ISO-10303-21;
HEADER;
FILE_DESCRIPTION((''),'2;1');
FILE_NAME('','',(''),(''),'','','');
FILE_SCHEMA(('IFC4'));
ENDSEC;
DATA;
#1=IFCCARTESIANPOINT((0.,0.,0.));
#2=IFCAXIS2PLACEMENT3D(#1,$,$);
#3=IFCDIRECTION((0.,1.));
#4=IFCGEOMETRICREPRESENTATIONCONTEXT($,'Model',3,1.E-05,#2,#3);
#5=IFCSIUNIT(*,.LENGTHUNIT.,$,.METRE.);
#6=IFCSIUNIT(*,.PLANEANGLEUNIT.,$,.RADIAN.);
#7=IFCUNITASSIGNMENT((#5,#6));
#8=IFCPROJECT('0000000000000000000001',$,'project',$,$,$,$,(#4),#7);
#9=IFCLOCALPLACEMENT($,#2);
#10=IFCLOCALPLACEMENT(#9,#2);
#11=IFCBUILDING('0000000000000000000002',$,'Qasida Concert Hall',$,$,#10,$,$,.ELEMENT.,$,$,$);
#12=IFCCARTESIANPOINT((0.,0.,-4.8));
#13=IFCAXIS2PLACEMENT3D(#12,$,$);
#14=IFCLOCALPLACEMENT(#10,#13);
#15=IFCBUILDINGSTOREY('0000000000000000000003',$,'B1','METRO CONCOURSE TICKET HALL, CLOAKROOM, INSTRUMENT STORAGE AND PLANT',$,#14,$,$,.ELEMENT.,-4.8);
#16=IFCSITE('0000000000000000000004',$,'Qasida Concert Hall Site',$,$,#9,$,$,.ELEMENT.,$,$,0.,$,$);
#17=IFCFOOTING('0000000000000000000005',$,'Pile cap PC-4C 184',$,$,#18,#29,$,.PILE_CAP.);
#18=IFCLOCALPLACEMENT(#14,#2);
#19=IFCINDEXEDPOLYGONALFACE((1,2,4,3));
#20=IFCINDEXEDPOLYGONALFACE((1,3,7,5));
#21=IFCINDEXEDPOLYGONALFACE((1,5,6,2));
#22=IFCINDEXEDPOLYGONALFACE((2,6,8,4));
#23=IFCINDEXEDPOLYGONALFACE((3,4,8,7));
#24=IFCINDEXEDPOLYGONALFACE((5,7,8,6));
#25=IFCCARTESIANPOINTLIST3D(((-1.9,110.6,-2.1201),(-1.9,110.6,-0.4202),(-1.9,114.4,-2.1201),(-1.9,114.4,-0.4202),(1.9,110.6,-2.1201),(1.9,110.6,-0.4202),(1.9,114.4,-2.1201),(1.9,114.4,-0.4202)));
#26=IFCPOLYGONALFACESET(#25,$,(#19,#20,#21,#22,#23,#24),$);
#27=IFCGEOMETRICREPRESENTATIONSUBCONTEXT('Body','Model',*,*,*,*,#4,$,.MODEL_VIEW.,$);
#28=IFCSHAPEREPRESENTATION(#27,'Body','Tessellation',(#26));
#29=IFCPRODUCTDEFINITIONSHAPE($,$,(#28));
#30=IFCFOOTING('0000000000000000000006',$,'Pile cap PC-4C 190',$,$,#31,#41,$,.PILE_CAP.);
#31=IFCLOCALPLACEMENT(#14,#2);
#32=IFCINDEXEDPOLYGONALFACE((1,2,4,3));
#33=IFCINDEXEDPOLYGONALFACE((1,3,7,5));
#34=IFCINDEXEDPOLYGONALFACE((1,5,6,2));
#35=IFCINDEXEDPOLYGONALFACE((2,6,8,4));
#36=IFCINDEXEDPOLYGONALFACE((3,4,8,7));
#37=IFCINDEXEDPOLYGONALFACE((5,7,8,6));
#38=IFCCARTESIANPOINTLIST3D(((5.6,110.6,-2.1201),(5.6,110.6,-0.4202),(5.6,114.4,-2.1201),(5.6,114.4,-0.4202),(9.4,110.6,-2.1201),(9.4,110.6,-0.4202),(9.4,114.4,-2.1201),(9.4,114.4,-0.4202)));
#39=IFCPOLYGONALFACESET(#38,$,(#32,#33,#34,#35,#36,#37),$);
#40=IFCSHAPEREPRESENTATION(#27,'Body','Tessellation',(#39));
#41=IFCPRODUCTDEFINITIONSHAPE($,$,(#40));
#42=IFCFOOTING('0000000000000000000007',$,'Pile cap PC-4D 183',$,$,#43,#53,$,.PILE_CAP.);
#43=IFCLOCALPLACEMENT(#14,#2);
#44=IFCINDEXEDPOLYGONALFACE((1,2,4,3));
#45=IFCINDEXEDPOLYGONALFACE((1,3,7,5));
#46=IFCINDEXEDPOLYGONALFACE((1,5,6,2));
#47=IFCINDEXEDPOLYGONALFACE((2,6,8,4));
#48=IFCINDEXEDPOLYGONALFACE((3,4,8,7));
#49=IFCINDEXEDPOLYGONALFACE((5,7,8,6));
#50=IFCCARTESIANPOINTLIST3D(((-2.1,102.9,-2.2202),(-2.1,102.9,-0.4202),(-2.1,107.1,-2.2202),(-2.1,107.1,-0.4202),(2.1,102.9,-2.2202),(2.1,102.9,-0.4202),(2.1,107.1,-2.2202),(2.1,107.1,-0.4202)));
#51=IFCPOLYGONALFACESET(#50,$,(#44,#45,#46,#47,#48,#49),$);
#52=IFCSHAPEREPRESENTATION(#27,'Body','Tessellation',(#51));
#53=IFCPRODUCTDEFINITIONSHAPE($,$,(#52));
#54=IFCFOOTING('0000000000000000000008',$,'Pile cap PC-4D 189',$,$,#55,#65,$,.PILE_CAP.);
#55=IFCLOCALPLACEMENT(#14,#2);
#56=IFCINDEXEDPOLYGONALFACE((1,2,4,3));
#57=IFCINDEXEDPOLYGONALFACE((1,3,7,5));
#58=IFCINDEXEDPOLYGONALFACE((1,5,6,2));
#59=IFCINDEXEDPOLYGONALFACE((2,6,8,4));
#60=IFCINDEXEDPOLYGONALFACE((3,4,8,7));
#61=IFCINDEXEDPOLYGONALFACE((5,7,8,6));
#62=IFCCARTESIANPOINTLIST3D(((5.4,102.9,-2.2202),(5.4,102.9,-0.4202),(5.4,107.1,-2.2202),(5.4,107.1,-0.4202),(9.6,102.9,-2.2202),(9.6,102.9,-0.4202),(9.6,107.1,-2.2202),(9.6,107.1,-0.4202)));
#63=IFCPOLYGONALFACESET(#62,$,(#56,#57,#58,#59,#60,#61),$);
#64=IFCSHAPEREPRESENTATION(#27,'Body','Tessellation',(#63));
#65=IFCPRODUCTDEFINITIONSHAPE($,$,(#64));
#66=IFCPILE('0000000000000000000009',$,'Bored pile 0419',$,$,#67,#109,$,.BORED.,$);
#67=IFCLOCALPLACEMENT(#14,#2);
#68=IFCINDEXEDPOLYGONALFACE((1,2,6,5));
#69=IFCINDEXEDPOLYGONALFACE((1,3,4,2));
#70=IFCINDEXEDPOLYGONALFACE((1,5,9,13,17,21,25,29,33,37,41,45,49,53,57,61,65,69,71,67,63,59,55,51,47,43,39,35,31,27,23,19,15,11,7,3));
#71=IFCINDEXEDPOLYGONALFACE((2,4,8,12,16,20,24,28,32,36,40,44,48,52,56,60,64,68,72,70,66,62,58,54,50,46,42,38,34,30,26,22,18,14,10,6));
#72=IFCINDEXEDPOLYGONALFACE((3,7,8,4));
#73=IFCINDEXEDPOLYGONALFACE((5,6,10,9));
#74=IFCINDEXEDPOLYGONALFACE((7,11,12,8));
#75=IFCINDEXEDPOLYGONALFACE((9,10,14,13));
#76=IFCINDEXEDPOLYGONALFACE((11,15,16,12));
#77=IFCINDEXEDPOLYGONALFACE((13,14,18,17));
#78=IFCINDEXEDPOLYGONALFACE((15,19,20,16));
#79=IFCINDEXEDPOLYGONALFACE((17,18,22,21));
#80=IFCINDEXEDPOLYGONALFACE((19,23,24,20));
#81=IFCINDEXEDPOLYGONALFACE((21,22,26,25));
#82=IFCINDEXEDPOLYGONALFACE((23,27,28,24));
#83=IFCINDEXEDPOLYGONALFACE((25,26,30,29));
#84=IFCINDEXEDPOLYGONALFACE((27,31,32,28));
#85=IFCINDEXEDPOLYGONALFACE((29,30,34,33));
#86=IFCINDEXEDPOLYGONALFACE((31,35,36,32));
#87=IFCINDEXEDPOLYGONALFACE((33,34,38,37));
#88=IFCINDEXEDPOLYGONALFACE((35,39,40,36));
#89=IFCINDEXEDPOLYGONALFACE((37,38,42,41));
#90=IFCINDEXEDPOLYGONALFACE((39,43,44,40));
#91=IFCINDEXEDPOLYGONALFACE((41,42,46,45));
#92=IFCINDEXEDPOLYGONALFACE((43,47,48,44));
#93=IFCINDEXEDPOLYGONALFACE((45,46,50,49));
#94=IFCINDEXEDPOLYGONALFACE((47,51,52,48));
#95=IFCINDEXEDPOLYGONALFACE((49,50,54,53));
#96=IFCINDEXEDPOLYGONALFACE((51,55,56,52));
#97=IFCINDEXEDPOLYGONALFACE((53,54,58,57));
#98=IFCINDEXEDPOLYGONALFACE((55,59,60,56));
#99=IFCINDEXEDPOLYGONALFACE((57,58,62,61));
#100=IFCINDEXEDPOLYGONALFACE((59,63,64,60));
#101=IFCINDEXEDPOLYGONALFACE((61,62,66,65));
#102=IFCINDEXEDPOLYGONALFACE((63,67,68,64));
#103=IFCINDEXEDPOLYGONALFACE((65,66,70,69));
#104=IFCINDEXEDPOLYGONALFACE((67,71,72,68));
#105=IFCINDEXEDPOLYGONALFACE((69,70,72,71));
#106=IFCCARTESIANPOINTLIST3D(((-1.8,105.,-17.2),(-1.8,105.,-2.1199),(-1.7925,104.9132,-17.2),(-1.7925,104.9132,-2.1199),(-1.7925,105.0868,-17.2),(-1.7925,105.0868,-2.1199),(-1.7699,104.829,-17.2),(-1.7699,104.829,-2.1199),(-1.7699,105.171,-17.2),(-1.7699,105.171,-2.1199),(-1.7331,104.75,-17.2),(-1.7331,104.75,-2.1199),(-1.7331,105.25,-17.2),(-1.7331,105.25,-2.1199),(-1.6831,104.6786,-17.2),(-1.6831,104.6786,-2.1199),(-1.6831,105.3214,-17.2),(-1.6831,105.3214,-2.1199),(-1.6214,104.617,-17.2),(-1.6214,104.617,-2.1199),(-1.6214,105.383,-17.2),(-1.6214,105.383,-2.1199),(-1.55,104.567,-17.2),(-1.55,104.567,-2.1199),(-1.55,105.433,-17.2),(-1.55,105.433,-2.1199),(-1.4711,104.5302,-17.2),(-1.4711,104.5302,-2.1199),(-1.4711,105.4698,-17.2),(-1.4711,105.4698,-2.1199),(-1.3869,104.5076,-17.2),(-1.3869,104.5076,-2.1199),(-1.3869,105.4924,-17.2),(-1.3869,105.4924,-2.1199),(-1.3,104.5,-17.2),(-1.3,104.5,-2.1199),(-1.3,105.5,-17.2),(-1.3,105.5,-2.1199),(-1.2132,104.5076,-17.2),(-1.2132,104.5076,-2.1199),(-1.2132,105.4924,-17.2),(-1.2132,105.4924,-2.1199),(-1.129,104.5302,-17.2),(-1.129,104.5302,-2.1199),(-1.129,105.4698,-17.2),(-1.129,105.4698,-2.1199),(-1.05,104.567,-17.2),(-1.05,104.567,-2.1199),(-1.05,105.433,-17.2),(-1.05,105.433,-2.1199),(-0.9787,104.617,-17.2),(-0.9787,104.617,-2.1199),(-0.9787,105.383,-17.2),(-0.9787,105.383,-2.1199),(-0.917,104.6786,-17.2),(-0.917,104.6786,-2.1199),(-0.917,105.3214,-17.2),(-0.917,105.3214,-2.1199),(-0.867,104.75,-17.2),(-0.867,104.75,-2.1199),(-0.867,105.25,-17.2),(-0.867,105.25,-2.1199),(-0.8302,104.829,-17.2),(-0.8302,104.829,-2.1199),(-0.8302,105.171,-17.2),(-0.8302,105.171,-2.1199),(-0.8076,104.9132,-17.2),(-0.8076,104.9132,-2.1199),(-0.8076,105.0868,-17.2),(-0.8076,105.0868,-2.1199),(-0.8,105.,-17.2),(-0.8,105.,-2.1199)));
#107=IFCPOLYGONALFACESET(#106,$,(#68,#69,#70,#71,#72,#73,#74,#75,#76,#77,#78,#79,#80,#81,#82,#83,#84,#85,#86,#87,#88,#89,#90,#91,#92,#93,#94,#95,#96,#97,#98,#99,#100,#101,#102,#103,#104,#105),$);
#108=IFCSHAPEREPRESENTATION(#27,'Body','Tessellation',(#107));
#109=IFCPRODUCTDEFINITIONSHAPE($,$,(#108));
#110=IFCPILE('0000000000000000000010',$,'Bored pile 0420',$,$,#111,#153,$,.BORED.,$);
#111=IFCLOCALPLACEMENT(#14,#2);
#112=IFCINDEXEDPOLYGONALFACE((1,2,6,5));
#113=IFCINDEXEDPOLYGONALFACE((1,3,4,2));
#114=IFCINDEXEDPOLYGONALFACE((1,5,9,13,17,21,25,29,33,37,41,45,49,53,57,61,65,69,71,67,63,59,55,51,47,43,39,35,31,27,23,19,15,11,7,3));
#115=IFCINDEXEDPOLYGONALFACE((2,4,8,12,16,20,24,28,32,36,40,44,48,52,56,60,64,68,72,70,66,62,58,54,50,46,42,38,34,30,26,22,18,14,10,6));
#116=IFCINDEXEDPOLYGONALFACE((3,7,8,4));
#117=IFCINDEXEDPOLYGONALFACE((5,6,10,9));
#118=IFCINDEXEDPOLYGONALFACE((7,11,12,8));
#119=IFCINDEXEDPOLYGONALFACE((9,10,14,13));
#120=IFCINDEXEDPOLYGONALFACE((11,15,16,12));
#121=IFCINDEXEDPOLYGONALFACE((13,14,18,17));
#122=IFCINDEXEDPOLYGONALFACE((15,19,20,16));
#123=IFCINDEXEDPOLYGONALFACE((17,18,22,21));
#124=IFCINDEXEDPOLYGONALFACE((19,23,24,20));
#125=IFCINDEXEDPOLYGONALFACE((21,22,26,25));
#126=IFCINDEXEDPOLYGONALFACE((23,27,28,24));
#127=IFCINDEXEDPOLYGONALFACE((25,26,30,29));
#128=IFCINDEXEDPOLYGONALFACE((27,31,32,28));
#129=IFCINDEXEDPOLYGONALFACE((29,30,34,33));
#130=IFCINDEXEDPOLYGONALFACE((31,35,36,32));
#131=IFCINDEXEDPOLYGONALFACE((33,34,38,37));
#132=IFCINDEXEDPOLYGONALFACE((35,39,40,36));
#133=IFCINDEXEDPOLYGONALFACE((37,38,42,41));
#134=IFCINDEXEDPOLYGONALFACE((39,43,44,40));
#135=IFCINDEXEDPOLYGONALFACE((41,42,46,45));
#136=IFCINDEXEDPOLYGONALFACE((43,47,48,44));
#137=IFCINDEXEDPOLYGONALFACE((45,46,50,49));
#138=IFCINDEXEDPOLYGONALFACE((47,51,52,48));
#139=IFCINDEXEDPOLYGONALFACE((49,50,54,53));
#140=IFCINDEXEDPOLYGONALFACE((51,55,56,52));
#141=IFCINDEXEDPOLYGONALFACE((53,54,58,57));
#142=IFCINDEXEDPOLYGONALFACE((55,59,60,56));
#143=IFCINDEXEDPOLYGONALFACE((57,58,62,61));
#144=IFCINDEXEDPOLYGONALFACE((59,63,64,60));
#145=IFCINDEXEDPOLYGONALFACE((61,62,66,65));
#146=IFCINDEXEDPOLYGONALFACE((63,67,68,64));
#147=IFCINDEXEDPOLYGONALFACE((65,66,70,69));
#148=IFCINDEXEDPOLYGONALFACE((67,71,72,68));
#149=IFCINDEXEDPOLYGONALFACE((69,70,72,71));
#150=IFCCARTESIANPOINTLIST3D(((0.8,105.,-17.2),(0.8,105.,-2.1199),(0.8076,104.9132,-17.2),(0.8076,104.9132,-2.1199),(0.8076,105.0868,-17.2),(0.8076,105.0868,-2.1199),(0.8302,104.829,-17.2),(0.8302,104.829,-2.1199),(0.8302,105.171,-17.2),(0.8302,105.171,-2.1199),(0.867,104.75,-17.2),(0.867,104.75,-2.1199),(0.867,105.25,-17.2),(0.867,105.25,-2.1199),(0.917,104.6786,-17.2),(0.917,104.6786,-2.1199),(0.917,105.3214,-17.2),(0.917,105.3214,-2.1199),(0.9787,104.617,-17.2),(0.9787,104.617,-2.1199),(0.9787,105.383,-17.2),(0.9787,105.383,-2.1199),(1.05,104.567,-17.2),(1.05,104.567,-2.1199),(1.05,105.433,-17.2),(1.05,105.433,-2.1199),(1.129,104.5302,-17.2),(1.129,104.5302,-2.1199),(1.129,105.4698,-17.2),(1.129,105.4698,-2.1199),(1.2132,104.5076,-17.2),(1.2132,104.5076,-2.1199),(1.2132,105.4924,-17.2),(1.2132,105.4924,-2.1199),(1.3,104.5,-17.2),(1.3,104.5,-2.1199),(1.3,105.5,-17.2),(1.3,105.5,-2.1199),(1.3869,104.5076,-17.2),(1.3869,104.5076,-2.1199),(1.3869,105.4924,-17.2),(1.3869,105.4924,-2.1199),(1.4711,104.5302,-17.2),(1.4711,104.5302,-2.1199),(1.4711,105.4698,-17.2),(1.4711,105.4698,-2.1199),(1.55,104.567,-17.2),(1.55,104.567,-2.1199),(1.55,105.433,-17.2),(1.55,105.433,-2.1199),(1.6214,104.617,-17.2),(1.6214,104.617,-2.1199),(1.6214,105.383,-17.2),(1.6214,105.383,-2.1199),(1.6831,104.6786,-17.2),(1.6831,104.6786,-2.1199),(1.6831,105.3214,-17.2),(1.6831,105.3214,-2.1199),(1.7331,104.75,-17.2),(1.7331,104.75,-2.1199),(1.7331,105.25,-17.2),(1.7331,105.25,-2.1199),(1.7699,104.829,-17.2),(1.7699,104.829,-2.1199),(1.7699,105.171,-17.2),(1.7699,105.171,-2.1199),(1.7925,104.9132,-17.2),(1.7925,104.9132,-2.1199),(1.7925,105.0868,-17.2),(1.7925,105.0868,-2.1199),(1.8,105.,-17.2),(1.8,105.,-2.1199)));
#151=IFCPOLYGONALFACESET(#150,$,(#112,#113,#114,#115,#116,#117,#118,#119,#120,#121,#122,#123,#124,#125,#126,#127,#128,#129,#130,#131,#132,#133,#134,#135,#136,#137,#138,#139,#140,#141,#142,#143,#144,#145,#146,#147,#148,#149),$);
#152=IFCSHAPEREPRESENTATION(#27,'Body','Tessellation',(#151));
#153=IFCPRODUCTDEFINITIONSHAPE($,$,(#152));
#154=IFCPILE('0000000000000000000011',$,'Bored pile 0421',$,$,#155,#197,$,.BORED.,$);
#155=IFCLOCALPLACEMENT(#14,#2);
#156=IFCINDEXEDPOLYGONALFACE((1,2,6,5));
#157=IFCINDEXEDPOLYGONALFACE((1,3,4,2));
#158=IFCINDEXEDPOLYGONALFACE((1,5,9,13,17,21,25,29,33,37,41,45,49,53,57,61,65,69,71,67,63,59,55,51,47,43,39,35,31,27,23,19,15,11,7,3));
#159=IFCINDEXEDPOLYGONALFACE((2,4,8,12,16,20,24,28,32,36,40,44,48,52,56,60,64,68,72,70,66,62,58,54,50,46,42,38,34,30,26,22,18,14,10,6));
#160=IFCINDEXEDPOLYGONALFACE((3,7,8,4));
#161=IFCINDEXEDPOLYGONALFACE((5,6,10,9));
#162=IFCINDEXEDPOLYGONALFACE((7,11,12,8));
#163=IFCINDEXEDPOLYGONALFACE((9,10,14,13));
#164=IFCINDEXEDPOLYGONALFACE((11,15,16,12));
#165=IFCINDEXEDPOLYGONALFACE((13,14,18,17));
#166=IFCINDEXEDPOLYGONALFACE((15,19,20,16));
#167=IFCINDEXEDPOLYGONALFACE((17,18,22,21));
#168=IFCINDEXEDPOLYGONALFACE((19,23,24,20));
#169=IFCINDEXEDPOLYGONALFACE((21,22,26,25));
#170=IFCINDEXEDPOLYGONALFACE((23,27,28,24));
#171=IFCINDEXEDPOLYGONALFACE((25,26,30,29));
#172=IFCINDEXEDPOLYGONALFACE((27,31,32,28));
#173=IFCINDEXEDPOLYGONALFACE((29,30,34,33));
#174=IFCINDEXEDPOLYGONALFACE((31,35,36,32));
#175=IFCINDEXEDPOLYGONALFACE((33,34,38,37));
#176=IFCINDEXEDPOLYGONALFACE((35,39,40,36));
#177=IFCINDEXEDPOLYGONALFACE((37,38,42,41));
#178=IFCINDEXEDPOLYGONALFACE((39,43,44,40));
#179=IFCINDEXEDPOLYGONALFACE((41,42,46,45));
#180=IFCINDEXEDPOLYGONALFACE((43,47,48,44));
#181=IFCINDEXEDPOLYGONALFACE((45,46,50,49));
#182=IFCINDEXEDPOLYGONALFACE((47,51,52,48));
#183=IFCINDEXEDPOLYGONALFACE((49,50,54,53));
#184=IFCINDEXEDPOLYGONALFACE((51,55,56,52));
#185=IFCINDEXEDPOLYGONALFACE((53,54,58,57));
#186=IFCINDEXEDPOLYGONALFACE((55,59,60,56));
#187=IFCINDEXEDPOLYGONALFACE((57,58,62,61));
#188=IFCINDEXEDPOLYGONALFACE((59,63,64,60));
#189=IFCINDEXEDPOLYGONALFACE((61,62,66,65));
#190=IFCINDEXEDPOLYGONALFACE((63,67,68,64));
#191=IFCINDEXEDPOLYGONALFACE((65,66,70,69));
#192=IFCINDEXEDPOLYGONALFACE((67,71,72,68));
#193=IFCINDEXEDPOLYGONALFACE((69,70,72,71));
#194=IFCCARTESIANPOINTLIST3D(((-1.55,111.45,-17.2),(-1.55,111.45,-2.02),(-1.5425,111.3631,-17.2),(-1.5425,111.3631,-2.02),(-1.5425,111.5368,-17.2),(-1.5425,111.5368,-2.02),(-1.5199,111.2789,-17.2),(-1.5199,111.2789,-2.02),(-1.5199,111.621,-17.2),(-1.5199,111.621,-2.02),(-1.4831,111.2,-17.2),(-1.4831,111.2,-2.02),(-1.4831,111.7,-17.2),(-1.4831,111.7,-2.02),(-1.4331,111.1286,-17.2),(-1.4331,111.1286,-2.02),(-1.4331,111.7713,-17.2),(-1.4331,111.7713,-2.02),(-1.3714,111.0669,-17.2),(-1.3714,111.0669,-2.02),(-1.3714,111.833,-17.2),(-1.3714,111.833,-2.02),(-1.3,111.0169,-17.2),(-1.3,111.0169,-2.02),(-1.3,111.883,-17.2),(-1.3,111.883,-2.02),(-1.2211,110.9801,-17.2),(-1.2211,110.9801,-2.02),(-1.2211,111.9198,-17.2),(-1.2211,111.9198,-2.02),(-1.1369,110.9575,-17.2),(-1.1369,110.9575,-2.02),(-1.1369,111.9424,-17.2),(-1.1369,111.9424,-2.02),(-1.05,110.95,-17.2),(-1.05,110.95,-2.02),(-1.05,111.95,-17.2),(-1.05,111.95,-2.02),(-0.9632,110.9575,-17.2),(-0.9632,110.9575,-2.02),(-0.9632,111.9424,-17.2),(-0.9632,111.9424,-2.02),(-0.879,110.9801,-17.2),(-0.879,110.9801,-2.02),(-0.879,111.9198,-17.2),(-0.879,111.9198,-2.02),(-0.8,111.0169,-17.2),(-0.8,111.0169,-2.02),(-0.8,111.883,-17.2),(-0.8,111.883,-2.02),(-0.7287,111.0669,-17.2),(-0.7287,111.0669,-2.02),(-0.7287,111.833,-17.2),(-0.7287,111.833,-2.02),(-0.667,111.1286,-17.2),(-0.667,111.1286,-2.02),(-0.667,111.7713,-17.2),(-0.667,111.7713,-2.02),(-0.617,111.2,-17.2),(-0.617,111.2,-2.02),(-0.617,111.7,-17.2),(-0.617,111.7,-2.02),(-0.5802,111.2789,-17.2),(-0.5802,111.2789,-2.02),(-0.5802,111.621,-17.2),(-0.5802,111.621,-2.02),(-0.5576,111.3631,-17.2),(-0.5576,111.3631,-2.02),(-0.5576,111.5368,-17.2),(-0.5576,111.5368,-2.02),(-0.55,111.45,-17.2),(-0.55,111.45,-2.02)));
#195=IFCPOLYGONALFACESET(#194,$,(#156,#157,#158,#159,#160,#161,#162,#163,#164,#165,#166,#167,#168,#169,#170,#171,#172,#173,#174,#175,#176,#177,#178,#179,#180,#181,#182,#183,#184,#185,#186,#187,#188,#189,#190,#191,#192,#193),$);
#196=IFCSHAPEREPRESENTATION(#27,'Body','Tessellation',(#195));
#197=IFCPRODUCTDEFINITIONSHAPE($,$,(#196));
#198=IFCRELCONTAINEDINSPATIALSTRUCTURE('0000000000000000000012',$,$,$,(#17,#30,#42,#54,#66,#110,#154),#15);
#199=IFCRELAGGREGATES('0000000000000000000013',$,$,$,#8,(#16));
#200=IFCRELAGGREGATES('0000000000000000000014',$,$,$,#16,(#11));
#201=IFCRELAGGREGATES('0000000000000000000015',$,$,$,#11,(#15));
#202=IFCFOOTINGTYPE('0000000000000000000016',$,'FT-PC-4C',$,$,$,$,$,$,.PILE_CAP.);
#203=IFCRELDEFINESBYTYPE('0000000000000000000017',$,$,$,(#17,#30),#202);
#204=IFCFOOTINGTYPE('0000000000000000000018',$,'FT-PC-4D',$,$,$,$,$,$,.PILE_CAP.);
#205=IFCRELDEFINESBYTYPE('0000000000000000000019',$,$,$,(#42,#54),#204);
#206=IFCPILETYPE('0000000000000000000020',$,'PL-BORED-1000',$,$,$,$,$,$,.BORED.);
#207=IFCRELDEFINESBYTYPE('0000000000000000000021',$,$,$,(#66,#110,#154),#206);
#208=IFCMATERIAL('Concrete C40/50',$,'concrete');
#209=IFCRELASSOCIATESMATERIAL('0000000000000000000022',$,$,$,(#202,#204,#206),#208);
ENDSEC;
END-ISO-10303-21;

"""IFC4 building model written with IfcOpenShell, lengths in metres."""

from ifc_helpers import new_model, si_unit, direction, frame, origin, origin_2d, place, context, subcontext, project, spatial, rectangle, circle, extrude, material, material_profile, profile_set, type_object, element, save


model = new_model("IFC4")

# Units and contexts
model_context = context("Model", 3, precision=1e-05, world=origin(), true_north=direction((0.0, 1.0)))
body_context = subcontext(model_context, "Body", "Model", "MODEL_VIEW")
ifc_project = project(units=[si_unit("LENGTHUNIT", "METRE"), si_unit("PLANEANGLEUNIT", "RADIAN")], contexts=[model_context])

# Site, building, storey
site_placement = place(None, origin())
site = spatial("IfcSite", under=ifc_project, at=site_placement, Name="Qasida Concert Hall Site", CompositionType="ELEMENT", RefElevation=0.0)
building_placement = place(site_placement, origin())
building = spatial("IfcBuilding", under=site, at=building_placement, Name="Qasida Concert Hall", CompositionType="ELEMENT")
storey_placement = place(building_placement, frame((0.0, 0.0, -4.8)))
storey = spatial("IfcBuildingStorey", under=building, at=storey_placement, Name="B1", Description="METRO CONCOURSE TICKET HALL, CLOAKROOM, INSTRUMENT STORAGE AND PLANT", CompositionType="ELEMENT", Elevation=-4.8)

# Footings
ifc_material_1 = material(Name="Concrete C40/50", Category="concrete")
footing_type_1 = type_object("IfcFootingType", Name="FT-PC-4C", PredefinedType="PILE_CAP", material=ifc_material_1)
for number, where, z_axis, x_axis, name in (
    (1, (0.0, 112.5, -2.1201), (0.0, 0.0, 1.0), (1.0, 0.0, 0.0), "Pile cap PC-4C 184"),
    (2, (7.5, 112.5, -2.1201), (0.0, 0.0, 1.0), (1.0, 0.0, 0.0), "Pile cap PC-4C 190"),
):
    element("IfcFooting", number, at=place(storey_placement, frame(where, z_axis=z_axis, x_axis=x_axis)), inside=storey, type_object=footing_type_1, Name=name, PredefinedType="PILE_CAP", context=body_context, shape_type="SweptSolid", body=[
        extrude(rectangle(XDim=3.8, YDim=3.8, at=origin_2d()), origin(), (0.0, 0.0, 1.0), 1.7),
    ])
footing_type_2 = type_object("IfcFootingType", Name="FT-PC-4D", PredefinedType="PILE_CAP", material=ifc_material_1)
for number, where, z_axis, x_axis, name in (
    (3, (0.0, 105.0, -2.2202), (0.0, 0.0, 1.0), (1.0, 0.0, 0.0), "Pile cap PC-4D 183"),
    (4, (7.5, 105.0, -2.2202), (0.0, 0.0, 1.0), (1.0, 0.0, 0.0), "Pile cap PC-4D 189"),
):
    element("IfcFooting", number, at=place(storey_placement, frame(where, z_axis=z_axis, x_axis=x_axis)), inside=storey, type_object=footing_type_2, Name=name, PredefinedType="PILE_CAP", context=body_context, shape_type="SweptSolid", body=[
        extrude(rectangle(XDim=4.2, YDim=4.2, at=origin_2d()), origin(), (0.0, 0.0, 1.0), 1.8),
    ])

# Piles
ifc_material_profile_1 = material_profile(ifc_material_1, circle(Radius=0.5, at=origin_2d()), Name="BORED PILE D1000")
ifc_profile_set_1 = profile_set([ifc_material_profile_1], Name="Concrete C40/50")
pile_type = type_object("IfcPileType", Name="PL-BORED-1000", PredefinedType="BORED", material=ifc_profile_set_1)
for number, where, z_axis, x_axis, name in (
    (5, (-1.3, 105.0, -2.1199), (0.0, 0.0, -1.0), (1.0, 0.0, 0.0), "Bored pile 0419"),
    (6, (1.3, 105.0, -2.1199), (0.0, 0.0, -1.0), (1.0, 0.0, 0.0), "Bored pile 0420"),
):
    element("IfcPile", number, at=place(storey_placement, frame(where, z_axis=z_axis, x_axis=x_axis)), inside=storey, type_object=pile_type, Name=name, PredefinedType="BORED", context=body_context, shape_type="SweptSolid", body=[
        extrude(circle(Radius=0.5, at=origin_2d()), origin(), (0.0, 0.0, 1.0), 15.0801),
    ])
for number, where, z_axis, x_axis, name in (
    (7, (-1.05, 111.45, -2.02), (0.0, 0.0, -1.0), (1.0, 0.0, 0.0), "Bored pile 0421"),
):
    element("IfcPile", number, at=place(storey_placement, frame(where, z_axis=z_axis, x_axis=x_axis)), inside=storey, type_object=pile_type, Name=name, PredefinedType="BORED", context=body_context, shape_type="SweptSolid", body=[
        extrude(circle(Radius=0.5, at=origin_2d()), origin(), (0.0, 0.0, 1.0), 15.1799),
    ])

save(model, "model.ifc")
